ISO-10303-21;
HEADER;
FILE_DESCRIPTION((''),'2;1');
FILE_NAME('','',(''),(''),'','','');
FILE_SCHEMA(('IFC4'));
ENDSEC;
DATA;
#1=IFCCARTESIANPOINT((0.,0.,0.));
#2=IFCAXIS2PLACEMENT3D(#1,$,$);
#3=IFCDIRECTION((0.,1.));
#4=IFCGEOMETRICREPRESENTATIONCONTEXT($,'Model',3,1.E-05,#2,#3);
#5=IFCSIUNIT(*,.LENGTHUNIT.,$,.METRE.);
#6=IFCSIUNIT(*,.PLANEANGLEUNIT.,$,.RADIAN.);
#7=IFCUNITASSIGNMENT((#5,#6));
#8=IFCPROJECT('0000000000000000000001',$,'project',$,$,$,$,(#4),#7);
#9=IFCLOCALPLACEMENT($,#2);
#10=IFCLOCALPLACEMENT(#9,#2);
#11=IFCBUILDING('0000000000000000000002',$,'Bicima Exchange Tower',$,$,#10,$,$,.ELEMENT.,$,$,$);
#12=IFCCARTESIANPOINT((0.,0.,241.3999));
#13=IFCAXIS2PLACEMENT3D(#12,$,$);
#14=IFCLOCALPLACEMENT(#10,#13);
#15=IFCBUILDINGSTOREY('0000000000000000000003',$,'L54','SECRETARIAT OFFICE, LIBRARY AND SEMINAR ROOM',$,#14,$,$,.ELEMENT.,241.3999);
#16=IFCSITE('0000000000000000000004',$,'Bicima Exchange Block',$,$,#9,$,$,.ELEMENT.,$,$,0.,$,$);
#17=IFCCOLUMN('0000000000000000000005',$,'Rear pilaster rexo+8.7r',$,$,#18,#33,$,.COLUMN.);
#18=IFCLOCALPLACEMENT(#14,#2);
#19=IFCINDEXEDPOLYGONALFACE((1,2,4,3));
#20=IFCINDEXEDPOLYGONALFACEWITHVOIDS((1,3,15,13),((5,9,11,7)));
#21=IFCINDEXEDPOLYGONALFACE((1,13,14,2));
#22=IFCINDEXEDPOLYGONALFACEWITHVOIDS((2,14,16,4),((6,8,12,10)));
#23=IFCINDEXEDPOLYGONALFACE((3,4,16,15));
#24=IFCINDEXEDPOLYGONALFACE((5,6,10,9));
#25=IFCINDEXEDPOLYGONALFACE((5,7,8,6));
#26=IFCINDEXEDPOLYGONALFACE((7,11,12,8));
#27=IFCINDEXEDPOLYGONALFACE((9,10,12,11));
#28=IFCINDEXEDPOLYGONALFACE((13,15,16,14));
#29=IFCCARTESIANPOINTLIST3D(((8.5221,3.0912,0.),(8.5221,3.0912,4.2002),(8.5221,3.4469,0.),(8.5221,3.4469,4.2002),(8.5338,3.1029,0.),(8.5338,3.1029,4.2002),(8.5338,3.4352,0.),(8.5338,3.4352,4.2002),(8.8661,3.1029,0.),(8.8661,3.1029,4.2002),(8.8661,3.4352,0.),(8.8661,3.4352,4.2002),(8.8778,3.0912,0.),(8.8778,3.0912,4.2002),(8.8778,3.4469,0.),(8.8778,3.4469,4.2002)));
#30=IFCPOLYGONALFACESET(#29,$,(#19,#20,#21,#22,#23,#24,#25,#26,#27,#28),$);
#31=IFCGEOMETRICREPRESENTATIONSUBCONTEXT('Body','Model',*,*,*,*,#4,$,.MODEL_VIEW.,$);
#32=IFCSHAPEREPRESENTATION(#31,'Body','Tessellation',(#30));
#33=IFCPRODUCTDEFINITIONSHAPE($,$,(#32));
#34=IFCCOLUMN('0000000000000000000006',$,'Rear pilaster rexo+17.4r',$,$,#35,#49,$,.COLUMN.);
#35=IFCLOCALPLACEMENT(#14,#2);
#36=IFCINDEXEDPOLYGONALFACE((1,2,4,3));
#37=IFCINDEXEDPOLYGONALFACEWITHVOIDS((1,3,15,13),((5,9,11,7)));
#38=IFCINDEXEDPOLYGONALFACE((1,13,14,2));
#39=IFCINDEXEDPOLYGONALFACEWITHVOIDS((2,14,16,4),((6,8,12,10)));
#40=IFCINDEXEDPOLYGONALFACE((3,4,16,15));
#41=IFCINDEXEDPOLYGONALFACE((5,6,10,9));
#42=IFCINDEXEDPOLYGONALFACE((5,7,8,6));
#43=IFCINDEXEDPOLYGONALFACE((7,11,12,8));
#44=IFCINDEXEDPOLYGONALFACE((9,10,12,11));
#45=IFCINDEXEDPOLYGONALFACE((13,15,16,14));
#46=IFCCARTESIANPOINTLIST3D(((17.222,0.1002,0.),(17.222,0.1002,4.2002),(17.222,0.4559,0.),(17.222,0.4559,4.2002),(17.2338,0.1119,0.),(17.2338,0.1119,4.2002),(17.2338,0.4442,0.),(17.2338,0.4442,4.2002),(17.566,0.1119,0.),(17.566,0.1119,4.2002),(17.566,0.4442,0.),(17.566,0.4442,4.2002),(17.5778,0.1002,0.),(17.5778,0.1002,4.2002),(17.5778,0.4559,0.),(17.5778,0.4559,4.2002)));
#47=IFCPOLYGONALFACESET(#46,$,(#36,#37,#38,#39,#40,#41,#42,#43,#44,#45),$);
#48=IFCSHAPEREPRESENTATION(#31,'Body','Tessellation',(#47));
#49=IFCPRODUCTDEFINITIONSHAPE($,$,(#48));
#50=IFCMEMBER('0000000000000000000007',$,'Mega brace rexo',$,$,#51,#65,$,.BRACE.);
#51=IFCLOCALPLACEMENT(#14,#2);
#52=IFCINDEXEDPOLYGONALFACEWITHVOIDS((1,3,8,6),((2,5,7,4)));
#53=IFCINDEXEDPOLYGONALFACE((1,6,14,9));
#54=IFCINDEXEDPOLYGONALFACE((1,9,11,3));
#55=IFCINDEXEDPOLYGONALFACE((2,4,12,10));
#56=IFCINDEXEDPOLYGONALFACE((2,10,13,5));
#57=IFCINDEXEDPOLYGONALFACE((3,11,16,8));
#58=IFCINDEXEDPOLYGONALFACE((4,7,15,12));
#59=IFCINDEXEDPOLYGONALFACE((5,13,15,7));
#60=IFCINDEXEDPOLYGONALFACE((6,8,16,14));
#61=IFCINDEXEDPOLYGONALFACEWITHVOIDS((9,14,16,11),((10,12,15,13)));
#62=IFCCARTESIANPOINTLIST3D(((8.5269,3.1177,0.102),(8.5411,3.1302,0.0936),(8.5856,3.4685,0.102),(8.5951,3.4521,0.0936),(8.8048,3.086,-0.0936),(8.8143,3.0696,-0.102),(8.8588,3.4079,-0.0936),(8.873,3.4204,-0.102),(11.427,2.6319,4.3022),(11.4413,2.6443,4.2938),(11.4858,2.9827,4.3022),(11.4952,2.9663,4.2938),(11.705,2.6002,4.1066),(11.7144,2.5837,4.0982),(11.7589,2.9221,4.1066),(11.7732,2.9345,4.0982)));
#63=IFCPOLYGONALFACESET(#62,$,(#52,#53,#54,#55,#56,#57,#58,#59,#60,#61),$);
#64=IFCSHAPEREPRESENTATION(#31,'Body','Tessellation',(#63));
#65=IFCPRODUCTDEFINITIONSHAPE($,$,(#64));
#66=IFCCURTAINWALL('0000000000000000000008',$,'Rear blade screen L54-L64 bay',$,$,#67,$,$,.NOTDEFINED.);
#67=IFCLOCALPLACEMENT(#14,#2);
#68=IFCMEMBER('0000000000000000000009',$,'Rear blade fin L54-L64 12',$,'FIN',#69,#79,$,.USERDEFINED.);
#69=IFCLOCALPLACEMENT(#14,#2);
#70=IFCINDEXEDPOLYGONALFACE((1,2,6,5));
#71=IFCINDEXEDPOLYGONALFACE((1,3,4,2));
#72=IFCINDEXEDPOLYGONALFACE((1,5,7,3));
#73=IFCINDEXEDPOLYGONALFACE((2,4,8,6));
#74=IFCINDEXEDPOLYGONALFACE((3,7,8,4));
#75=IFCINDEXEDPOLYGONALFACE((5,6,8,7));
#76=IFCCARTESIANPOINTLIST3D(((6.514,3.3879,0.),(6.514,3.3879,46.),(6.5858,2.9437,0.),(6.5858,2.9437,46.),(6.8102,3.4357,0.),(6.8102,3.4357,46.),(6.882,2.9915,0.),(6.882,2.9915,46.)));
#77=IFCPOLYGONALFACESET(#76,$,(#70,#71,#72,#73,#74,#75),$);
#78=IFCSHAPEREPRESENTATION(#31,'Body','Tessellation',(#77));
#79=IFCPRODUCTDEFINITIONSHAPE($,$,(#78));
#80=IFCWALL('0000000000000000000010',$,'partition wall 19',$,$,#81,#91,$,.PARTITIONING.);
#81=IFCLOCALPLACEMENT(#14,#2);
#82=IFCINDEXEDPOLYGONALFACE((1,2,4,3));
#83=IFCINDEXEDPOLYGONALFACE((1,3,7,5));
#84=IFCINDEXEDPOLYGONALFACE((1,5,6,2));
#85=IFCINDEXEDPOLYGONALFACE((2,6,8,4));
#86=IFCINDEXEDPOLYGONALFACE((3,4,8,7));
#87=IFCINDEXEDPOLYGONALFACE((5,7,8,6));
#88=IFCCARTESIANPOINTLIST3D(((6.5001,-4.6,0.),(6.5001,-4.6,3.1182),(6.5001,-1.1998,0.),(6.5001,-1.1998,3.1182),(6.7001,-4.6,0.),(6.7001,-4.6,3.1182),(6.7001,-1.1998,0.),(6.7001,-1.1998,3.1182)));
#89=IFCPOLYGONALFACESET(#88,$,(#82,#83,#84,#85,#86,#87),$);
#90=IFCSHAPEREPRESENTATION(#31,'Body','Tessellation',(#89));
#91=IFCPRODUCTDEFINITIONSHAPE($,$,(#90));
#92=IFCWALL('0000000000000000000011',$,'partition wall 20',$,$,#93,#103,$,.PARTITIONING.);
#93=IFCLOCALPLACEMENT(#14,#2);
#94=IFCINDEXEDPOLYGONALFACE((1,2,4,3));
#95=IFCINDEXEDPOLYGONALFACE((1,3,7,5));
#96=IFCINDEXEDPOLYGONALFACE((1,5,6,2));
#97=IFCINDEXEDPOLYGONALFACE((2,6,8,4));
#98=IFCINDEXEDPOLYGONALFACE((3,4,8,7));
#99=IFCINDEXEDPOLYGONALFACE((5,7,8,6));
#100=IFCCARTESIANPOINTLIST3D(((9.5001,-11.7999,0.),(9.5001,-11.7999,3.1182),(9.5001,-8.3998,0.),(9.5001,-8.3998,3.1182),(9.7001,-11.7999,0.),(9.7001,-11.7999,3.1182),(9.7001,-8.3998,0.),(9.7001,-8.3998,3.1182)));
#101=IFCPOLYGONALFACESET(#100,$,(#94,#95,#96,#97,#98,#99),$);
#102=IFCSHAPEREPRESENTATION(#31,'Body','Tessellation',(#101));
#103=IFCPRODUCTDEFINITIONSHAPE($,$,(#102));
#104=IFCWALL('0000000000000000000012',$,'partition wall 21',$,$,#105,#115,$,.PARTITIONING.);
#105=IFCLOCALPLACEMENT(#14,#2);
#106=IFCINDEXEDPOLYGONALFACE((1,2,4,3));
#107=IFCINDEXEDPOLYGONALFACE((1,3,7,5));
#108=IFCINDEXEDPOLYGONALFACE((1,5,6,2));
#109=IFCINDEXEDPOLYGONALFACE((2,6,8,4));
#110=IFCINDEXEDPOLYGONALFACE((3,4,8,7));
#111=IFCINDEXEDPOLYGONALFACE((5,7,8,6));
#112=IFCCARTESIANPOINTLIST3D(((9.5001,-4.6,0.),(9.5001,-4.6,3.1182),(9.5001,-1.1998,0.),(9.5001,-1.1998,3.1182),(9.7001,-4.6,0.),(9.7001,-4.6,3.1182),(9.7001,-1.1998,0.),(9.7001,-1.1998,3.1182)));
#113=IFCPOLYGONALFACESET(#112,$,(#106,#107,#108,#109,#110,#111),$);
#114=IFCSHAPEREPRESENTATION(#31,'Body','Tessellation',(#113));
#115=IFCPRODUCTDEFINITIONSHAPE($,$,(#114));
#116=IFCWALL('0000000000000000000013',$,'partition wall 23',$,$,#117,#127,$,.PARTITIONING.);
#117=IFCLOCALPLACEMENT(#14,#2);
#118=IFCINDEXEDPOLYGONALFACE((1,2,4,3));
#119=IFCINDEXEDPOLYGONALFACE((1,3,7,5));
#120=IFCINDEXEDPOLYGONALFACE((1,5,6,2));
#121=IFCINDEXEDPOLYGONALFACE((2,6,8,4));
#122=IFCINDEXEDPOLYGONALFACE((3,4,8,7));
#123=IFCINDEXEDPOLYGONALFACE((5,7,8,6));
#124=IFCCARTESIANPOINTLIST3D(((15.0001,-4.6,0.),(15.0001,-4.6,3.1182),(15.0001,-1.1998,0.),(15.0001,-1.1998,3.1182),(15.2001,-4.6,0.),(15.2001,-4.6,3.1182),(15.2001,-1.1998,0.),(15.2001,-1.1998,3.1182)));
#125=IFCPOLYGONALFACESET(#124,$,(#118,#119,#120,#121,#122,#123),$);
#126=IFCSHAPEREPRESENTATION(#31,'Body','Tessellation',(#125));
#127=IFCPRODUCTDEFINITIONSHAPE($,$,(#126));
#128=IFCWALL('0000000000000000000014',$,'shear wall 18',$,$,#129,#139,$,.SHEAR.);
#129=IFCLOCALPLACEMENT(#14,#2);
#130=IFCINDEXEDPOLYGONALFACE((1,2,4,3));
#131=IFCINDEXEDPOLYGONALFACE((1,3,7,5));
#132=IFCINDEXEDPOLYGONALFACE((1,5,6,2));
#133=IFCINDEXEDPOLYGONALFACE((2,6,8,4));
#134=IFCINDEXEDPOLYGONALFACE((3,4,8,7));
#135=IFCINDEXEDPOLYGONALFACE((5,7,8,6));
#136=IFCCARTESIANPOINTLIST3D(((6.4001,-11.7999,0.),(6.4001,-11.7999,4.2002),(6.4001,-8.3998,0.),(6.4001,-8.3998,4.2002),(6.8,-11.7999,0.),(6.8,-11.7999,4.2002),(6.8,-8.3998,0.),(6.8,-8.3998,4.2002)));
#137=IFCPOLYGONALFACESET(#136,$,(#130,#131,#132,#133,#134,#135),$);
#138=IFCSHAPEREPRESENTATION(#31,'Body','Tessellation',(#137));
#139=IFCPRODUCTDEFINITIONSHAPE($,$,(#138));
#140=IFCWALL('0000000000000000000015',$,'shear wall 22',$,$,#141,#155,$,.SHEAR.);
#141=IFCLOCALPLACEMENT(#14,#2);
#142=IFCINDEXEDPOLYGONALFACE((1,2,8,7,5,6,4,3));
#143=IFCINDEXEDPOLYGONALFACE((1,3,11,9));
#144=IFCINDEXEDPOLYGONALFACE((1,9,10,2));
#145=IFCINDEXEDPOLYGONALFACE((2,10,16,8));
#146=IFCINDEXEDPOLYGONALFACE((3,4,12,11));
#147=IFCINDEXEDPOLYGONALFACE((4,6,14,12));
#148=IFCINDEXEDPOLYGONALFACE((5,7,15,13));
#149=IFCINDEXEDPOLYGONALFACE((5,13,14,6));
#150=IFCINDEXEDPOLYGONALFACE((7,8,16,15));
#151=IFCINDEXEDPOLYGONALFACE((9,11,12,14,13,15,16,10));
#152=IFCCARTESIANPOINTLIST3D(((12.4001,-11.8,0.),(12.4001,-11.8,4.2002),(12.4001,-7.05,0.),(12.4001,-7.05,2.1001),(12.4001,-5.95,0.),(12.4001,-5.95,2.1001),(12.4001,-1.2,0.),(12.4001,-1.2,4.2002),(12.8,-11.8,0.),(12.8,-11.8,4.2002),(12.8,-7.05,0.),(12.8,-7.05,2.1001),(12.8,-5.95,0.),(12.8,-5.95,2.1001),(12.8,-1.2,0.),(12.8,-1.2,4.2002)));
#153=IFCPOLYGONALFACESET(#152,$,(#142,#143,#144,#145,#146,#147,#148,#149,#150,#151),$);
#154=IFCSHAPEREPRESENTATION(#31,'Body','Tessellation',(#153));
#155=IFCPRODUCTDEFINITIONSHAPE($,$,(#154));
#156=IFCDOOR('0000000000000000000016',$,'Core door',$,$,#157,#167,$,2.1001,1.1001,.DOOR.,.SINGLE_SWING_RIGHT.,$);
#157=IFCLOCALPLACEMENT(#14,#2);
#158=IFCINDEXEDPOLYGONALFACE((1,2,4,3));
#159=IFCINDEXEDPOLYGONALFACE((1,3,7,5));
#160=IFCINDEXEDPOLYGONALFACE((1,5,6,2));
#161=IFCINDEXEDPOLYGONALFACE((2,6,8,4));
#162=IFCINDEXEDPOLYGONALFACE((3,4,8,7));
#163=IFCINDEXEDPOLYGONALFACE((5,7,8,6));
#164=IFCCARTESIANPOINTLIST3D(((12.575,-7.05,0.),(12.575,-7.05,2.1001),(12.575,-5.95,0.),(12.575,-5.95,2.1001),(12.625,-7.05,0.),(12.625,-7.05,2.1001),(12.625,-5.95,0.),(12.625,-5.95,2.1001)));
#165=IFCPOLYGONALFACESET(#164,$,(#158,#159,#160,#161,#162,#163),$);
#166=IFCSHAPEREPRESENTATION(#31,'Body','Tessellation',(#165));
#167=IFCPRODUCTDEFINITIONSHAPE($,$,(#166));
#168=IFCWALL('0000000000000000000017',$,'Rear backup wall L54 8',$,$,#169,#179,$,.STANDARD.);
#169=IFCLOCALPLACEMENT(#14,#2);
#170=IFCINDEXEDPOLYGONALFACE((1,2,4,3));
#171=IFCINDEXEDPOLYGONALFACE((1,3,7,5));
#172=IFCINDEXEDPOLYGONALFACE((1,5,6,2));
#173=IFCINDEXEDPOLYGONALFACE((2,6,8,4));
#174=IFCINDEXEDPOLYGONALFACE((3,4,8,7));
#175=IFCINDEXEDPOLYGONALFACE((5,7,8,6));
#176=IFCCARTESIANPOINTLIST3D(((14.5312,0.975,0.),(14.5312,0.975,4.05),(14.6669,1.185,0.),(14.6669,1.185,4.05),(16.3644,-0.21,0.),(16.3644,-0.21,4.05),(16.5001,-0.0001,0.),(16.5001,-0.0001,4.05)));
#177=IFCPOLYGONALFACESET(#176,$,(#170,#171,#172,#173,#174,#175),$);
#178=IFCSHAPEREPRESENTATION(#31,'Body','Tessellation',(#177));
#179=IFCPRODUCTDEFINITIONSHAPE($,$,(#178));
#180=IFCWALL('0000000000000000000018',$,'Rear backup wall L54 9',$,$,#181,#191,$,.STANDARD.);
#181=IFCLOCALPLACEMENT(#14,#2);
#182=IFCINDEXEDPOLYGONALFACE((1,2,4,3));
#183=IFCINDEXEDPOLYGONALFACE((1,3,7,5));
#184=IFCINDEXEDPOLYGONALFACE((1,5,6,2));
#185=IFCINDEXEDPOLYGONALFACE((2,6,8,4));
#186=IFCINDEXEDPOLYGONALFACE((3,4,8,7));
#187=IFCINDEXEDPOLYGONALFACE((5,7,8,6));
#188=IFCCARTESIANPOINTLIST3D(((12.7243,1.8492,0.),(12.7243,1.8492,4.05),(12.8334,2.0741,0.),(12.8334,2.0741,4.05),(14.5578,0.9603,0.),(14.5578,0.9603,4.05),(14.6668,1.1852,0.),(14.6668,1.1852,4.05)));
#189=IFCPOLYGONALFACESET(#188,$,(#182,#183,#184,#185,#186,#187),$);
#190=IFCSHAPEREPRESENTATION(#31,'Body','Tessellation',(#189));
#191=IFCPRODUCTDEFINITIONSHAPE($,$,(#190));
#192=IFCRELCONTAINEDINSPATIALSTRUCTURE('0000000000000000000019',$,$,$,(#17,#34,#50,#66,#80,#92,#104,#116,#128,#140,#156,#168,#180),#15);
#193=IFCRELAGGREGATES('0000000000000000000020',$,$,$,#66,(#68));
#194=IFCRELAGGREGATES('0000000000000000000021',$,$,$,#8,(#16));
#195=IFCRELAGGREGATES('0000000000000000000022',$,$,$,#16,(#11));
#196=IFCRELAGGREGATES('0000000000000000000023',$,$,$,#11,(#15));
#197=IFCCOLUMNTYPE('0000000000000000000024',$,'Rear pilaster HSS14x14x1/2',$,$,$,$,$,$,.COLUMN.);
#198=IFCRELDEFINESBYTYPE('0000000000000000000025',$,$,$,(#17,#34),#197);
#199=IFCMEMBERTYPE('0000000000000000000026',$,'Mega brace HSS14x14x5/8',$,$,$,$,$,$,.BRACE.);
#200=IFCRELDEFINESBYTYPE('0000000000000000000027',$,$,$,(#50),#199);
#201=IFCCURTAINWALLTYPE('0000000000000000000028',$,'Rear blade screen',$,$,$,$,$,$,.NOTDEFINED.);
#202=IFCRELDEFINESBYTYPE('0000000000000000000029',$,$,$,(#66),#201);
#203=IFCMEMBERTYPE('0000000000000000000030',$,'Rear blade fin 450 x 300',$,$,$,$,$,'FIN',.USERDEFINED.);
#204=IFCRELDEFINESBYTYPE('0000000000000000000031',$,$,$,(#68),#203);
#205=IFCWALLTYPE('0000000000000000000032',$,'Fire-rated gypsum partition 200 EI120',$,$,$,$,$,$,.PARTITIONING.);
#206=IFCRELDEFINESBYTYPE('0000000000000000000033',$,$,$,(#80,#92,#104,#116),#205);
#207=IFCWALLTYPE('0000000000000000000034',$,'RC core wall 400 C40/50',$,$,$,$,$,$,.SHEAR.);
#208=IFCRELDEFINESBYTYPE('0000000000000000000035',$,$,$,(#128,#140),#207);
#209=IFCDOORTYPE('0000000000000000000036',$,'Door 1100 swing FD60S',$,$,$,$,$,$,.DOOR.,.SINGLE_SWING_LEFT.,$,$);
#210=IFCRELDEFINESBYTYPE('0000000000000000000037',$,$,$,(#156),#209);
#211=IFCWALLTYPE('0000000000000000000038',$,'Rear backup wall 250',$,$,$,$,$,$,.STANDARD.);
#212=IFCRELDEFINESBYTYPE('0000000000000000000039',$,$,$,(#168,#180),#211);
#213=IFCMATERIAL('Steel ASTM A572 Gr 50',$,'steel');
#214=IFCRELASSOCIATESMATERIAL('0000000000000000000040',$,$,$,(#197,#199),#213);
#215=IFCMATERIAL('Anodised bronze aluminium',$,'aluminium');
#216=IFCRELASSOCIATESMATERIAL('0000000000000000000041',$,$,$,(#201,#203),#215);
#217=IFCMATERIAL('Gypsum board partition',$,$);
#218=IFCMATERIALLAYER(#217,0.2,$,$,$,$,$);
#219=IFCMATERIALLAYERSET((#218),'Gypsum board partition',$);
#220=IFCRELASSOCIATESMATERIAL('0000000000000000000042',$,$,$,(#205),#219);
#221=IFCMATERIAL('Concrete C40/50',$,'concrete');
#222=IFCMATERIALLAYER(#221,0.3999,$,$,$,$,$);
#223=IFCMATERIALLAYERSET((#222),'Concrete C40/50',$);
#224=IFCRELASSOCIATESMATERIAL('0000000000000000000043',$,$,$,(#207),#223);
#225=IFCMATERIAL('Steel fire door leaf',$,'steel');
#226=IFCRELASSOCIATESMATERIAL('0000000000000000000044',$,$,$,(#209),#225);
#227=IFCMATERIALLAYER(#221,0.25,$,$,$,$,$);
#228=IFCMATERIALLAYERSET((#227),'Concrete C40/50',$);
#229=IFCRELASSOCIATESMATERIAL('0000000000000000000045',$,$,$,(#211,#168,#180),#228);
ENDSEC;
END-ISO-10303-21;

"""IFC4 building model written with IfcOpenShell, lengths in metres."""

from ifc_helpers import new_model, si_unit, direction, frame, frame_2d, origin, origin_2d, place, context, subcontext, project, spatial, rectangle, hollow_rectangle, extrude, material, layer, layer_set, layer_usage, material_profile, profile_set, type_object, element, fill, aggregate, save


model = new_model("IFC4")

# Units and contexts
model_context = context("Model", 3, precision=1e-05, world=origin(), true_north=direction((0.0, 1.0)))
body_context = subcontext(model_context, "Body", "Model", "MODEL_VIEW")
ifc_project = project(units=[si_unit("LENGTHUNIT", "METRE"), si_unit("PLANEANGLEUNIT", "RADIAN")], contexts=[model_context])

# Site, building, storey
site_placement = place(None, origin())
site = spatial("IfcSite", under=ifc_project, at=site_placement, Name="Bicima Exchange Block", CompositionType="ELEMENT", RefElevation=0.0)
building_placement = place(site_placement, origin())
building = spatial("IfcBuilding", under=site, at=building_placement, Name="Bicima Exchange Tower", CompositionType="ELEMENT")
storey_placement = place(building_placement, frame((0.0, 0.0, 241.3999)))
storey = spatial("IfcBuildingStorey", under=building, at=storey_placement, Name="L54", Description="SECRETARIAT OFFICE, LIBRARY AND SEMINAR ROOM", CompositionType="ELEMENT", Elevation=241.3999)

# Columns
ifc_material_1 = material(Name="Steel ASTM A572 Gr 50", Category="steel")
ifc_material_profile_1 = material_profile(ifc_material_1, hollow_rectangle(XDim=0.3557, YDim=0.3557, WallThickness=0.0117, at=origin_2d()))
ifc_profile_set_1 = profile_set([ifc_material_profile_1], Name="Steel ASTM A572 Gr 50")
column_type = type_object("IfcColumnType", Name="Rear pilaster HSS14x14x1/2", PredefinedType="COLUMN", material=ifc_profile_set_1)
for number, where, z_axis, x_axis, name in (
    (1, (8.7, 3.269, 0.0), (0.0, 0.0, 1.0), (1.0, 0.0, 0.0), "Rear pilaster rexo+8.7r"),
    (2, (17.3999, 0.2781, 0.0), (0.0, 0.0, 1.0), (1.0, 0.0, 0.0), "Rear pilaster rexo+17.4r"),
):
    element("IfcColumn", number, at=place(storey_placement, frame(where, z_axis=z_axis, x_axis=x_axis)), inside=storey, type_object=column_type, Name=name, PredefinedType="COLUMN", context=body_context, shape_type="SweptSolid", body=[
        extrude(hollow_rectangle(XDim=0.3557, YDim=0.3557, WallThickness=0.0117, at=origin_2d()), origin(), (0.0, 0.0, 1.0), 4.2002),
    ])

# Member
ifc_material_profile_2 = material_profile(ifc_material_1, hollow_rectangle(XDim=0.3557, YDim=0.3557, WallThickness=0.0146, at=origin_2d()))
ifc_profile_set_2 = profile_set([ifc_material_profile_2], Name="Steel ASTM A572 Gr 50")
member_type_1 = type_object("IfcMemberType", Name="Mega brace HSS14x14x5/8", PredefinedType="BRACE", material=ifc_profile_set_2)
member_1_placement = place(storey_placement, frame((8.7, 3.269, 0.0), z_axis=(0.565636, -0.094757, 0.819193), x_axis=(0.16522, 0.986257, 0.0)))
element("IfcMember", 3, at=member_1_placement, inside=storey, type_object=member_type_1, Name="Mega brace rexo", PredefinedType="BRACE", context=body_context, shape_type="SweptSolid", body=[
    extrude(hollow_rectangle(XDim=0.3557, YDim=0.3557, WallThickness=0.0146, at=origin_2d()), origin(), (0.0, 0.0, 1.0), 5.1272),
])

# Curtain wall, member
ifc_material_2 = material(Name="Anodised bronze aluminium", Category="aluminium")
curtain_wall_type = type_object("IfcCurtainWallType", Name="Rear blade screen", PredefinedType="NOTDEFINED", material=ifc_material_2)
curtain_wall_placement = place(storey_placement, origin())
curtain_wall = element("IfcCurtainWall", 4, at=curtain_wall_placement, inside=storey, type_object=curtain_wall_type, Name="Rear blade screen L54-L64 bay", PredefinedType="NOTDEFINED")
ifc_material_profile_3 = material_profile(ifc_material_2, rectangle(XDim=0.45, YDim=0.3, at=origin_2d()))
ifc_profile_set_3 = profile_set([ifc_material_profile_3], Name="Anodised bronze aluminium")
member_type_2 = type_object("IfcMemberType", Name="Rear blade fin 450 x 300", ElementType="FIN", PredefinedType="USERDEFINED", material=ifc_profile_set_3)
member_2_placement = place(storey_placement, frame((6.698, 3.1897, 0.0), z_axis=(0.0, 0.0, 1.0), x_axis=(-0.159549, 0.98719, 0.0)))
member_2 = element("IfcMember", 5, at=member_2_placement, type_object=member_type_2, Name="Rear blade fin L54-L64 12", ObjectType="FIN", PredefinedType="USERDEFINED", context=body_context, shape_type="SweptSolid", body=[
    extrude(rectangle(XDim=0.45, YDim=0.3, at=origin_2d()), origin(), (0.0, 0.0, 1.0), 46.0),
])
aggregate(curtain_wall, [member_2])

# Walls
ifc_material_3 = material(Name="Gypsum board partition")
ifc_layer_1 = layer(ifc_material_3, 0.2)
ifc_layer_set_1 = layer_set([ifc_layer_1], Name="Gypsum board partition")
wall_type_1 = type_object("IfcWallType", Name="Fire-rated gypsum partition 200 EI120", PredefinedType="PARTITIONING", material=ifc_layer_set_1)
for number, where, z_axis, x_axis, name in (
    (6, (6.6001, -4.6001, 0.0), (0.0, 0.0, 1.0), (0.0, 1.0, 0.0), "partition wall 19"),
    (7, (9.6001, -11.8, 0.0), (0.0, 0.0, 1.0), (0.0, 1.0, 0.0), "partition wall 20"),
    (8, (9.6001, -4.6001, 0.0), (0.0, 0.0, 1.0), (0.0, 1.0, 0.0), "partition wall 21"),
    (9, (15.1001, -4.6001, 0.0), (0.0, 0.0, 1.0), (0.0, 1.0, 0.0), "partition wall 23"),
):
    element("IfcWall", number, at=place(storey_placement, frame(where, z_axis=z_axis, x_axis=x_axis)), inside=storey, type_object=wall_type_1, Name=name, PredefinedType="PARTITIONING", context=body_context, shape_type="SweptSolid", body=[
        extrude(rectangle(XDim=3.4001, YDim=0.2, at=frame_2d((1.7002, 0.0))), origin(), (0.0, 0.0, 1.0), 3.1182),
    ])
ifc_material_4 = material(Name="Concrete C40/50", Category="concrete")
ifc_layer_2 = layer(ifc_material_4, 0.3999)
ifc_layer_set_2 = layer_set([ifc_layer_2], Name="Concrete C40/50")
wall_type_2 = type_object("IfcWallType", Name="RC core wall 400 C40/50", PredefinedType="SHEAR", material=ifc_layer_set_2)
wall_1_placement = place(storey_placement, frame((6.6001, -11.8, 0.0), z_axis=(0.0, 0.0, 1.0), x_axis=(0.0, 1.0, 0.0)))
element("IfcWall", 10, at=wall_1_placement, inside=storey, type_object=wall_type_2, Name="shear wall 18", PredefinedType="SHEAR", context=body_context, shape_type="SweptSolid", body=[
    extrude(rectangle(XDim=3.4001, YDim=0.3999, at=frame_2d((1.7002, 0.0))), origin(), (0.0, 0.0, 1.0), 4.2002),
])

# Wall, opening, door
wall_2_placement = place(storey_placement, frame((12.6001, -11.8, 0.0), z_axis=(0.0, 0.0, 1.0), x_axis=(0.0, 1.0, 0.0)))
wall_2 = element("IfcWall", 11, at=wall_2_placement, inside=storey, type_object=wall_type_2, Name="shear wall 22", PredefinedType="SHEAR", context=body_context, shape_type="SweptSolid", body=[
    extrude(rectangle(XDim=10.6001, YDim=0.3999, at=frame_2d((5.3, 0.0))), origin(), (0.0, 0.0, 1.0), 4.2002),
])
opening_placement = place(wall_2_placement, frame((4.75, 0.0, 0.0)))
opening = element("IfcOpeningElement", 12, at=opening_placement, cuts=wall_2, PredefinedType="OPENING", context=body_context, shape_type="SweptSolid", body=[
    extrude(rectangle(XDim=1.1001, YDim=2.1001, at=frame_2d((0.55, 1.05))), frame((0.0, 0.2119, 0.0), z_axis=(0.0, -1.0, 0.0), x_axis=(1.0, 0.0, 0.0)), (0.0, 0.0, 1.0), 0.4238),
])
ifc_material_5 = material(Name="Steel fire door leaf", Category="steel")
door_type = type_object("IfcDoorType", Name="Door 1100 swing FD60S", OperationType="SINGLE_SWING_LEFT", PredefinedType="DOOR", material=ifc_material_5)
door_placement = place(opening_placement, frame((1.1001, 0.0, 0.0), z_axis=(0.0, 0.0, 1.0), x_axis=(-1.0, 0.0, 0.0)))
door = element("IfcDoor", 13, at=door_placement, inside=storey, type_object=door_type, Name="Core door", OperationType="SINGLE_SWING_RIGHT", OverallHeight=2.1001, OverallWidth=1.1001, PredefinedType="DOOR", context=body_context, shape_type="SweptSolid", body=[
    extrude(rectangle(XDim=1.1001, YDim=2.1001, at=frame_2d((0.55, 1.05))), frame((0.0, 0.0249, 0.0), z_axis=(0.0, -1.0, 0.0), x_axis=(1.0, 0.0, 0.0)), (0.0, 0.0, 1.0), 0.05),
])
fill(opening, door)

# Walls
ifc_layer_3 = layer(ifc_material_4, 0.25)
ifc_layer_set_3 = layer_set([ifc_layer_3], Name="Concrete C40/50")
ifc_layer_usage = layer_usage(ifc_layer_set_3, "AXIS2", "POSITIVE", -0.125)
wall_type_3 = type_object("IfcWallType", Name="Rear backup wall 250", PredefinedType="STANDARD", material=ifc_layer_set_3)
wall_3_placement = place(storey_placement, frame((16.4321, -0.105, 0.0), z_axis=(0.0, 0.0, 1.0), x_axis=(-0.839813, 0.542876, 0.0)))
element("IfcWall", 14, at=wall_3_placement, inside=storey, type_object=wall_type_3, material=ifc_layer_usage, Name="Rear backup wall L54 8", PredefinedType="STANDARD", context=body_context, shape_type="SweptSolid", body=[
    extrude(rectangle(XDim=2.1829, YDim=0.25, at=frame_2d((1.0913, 0.0))), origin(), (0.0, 0.0, 1.0), 4.05),
])
wall_4_placement = place(storey_placement, frame((14.6123, 1.0728, 0.0), z_axis=(0.0, 0.0, 1.0), x_axis=(-0.899824, 0.436253, 0.0)))
element("IfcWall", 15, at=wall_4_placement, inside=storey, type_object=wall_type_3, material=ifc_layer_usage, Name="Rear backup wall L54 9", PredefinedType="STANDARD", context=body_context, shape_type="SweptSolid", body=[
    extrude(rectangle(XDim=2.0376, YDim=0.25, at=frame_2d((1.0188, 0.0))), origin(), (0.0, 0.0, 1.0), 4.05),
])

save(model, "model.ifc")
